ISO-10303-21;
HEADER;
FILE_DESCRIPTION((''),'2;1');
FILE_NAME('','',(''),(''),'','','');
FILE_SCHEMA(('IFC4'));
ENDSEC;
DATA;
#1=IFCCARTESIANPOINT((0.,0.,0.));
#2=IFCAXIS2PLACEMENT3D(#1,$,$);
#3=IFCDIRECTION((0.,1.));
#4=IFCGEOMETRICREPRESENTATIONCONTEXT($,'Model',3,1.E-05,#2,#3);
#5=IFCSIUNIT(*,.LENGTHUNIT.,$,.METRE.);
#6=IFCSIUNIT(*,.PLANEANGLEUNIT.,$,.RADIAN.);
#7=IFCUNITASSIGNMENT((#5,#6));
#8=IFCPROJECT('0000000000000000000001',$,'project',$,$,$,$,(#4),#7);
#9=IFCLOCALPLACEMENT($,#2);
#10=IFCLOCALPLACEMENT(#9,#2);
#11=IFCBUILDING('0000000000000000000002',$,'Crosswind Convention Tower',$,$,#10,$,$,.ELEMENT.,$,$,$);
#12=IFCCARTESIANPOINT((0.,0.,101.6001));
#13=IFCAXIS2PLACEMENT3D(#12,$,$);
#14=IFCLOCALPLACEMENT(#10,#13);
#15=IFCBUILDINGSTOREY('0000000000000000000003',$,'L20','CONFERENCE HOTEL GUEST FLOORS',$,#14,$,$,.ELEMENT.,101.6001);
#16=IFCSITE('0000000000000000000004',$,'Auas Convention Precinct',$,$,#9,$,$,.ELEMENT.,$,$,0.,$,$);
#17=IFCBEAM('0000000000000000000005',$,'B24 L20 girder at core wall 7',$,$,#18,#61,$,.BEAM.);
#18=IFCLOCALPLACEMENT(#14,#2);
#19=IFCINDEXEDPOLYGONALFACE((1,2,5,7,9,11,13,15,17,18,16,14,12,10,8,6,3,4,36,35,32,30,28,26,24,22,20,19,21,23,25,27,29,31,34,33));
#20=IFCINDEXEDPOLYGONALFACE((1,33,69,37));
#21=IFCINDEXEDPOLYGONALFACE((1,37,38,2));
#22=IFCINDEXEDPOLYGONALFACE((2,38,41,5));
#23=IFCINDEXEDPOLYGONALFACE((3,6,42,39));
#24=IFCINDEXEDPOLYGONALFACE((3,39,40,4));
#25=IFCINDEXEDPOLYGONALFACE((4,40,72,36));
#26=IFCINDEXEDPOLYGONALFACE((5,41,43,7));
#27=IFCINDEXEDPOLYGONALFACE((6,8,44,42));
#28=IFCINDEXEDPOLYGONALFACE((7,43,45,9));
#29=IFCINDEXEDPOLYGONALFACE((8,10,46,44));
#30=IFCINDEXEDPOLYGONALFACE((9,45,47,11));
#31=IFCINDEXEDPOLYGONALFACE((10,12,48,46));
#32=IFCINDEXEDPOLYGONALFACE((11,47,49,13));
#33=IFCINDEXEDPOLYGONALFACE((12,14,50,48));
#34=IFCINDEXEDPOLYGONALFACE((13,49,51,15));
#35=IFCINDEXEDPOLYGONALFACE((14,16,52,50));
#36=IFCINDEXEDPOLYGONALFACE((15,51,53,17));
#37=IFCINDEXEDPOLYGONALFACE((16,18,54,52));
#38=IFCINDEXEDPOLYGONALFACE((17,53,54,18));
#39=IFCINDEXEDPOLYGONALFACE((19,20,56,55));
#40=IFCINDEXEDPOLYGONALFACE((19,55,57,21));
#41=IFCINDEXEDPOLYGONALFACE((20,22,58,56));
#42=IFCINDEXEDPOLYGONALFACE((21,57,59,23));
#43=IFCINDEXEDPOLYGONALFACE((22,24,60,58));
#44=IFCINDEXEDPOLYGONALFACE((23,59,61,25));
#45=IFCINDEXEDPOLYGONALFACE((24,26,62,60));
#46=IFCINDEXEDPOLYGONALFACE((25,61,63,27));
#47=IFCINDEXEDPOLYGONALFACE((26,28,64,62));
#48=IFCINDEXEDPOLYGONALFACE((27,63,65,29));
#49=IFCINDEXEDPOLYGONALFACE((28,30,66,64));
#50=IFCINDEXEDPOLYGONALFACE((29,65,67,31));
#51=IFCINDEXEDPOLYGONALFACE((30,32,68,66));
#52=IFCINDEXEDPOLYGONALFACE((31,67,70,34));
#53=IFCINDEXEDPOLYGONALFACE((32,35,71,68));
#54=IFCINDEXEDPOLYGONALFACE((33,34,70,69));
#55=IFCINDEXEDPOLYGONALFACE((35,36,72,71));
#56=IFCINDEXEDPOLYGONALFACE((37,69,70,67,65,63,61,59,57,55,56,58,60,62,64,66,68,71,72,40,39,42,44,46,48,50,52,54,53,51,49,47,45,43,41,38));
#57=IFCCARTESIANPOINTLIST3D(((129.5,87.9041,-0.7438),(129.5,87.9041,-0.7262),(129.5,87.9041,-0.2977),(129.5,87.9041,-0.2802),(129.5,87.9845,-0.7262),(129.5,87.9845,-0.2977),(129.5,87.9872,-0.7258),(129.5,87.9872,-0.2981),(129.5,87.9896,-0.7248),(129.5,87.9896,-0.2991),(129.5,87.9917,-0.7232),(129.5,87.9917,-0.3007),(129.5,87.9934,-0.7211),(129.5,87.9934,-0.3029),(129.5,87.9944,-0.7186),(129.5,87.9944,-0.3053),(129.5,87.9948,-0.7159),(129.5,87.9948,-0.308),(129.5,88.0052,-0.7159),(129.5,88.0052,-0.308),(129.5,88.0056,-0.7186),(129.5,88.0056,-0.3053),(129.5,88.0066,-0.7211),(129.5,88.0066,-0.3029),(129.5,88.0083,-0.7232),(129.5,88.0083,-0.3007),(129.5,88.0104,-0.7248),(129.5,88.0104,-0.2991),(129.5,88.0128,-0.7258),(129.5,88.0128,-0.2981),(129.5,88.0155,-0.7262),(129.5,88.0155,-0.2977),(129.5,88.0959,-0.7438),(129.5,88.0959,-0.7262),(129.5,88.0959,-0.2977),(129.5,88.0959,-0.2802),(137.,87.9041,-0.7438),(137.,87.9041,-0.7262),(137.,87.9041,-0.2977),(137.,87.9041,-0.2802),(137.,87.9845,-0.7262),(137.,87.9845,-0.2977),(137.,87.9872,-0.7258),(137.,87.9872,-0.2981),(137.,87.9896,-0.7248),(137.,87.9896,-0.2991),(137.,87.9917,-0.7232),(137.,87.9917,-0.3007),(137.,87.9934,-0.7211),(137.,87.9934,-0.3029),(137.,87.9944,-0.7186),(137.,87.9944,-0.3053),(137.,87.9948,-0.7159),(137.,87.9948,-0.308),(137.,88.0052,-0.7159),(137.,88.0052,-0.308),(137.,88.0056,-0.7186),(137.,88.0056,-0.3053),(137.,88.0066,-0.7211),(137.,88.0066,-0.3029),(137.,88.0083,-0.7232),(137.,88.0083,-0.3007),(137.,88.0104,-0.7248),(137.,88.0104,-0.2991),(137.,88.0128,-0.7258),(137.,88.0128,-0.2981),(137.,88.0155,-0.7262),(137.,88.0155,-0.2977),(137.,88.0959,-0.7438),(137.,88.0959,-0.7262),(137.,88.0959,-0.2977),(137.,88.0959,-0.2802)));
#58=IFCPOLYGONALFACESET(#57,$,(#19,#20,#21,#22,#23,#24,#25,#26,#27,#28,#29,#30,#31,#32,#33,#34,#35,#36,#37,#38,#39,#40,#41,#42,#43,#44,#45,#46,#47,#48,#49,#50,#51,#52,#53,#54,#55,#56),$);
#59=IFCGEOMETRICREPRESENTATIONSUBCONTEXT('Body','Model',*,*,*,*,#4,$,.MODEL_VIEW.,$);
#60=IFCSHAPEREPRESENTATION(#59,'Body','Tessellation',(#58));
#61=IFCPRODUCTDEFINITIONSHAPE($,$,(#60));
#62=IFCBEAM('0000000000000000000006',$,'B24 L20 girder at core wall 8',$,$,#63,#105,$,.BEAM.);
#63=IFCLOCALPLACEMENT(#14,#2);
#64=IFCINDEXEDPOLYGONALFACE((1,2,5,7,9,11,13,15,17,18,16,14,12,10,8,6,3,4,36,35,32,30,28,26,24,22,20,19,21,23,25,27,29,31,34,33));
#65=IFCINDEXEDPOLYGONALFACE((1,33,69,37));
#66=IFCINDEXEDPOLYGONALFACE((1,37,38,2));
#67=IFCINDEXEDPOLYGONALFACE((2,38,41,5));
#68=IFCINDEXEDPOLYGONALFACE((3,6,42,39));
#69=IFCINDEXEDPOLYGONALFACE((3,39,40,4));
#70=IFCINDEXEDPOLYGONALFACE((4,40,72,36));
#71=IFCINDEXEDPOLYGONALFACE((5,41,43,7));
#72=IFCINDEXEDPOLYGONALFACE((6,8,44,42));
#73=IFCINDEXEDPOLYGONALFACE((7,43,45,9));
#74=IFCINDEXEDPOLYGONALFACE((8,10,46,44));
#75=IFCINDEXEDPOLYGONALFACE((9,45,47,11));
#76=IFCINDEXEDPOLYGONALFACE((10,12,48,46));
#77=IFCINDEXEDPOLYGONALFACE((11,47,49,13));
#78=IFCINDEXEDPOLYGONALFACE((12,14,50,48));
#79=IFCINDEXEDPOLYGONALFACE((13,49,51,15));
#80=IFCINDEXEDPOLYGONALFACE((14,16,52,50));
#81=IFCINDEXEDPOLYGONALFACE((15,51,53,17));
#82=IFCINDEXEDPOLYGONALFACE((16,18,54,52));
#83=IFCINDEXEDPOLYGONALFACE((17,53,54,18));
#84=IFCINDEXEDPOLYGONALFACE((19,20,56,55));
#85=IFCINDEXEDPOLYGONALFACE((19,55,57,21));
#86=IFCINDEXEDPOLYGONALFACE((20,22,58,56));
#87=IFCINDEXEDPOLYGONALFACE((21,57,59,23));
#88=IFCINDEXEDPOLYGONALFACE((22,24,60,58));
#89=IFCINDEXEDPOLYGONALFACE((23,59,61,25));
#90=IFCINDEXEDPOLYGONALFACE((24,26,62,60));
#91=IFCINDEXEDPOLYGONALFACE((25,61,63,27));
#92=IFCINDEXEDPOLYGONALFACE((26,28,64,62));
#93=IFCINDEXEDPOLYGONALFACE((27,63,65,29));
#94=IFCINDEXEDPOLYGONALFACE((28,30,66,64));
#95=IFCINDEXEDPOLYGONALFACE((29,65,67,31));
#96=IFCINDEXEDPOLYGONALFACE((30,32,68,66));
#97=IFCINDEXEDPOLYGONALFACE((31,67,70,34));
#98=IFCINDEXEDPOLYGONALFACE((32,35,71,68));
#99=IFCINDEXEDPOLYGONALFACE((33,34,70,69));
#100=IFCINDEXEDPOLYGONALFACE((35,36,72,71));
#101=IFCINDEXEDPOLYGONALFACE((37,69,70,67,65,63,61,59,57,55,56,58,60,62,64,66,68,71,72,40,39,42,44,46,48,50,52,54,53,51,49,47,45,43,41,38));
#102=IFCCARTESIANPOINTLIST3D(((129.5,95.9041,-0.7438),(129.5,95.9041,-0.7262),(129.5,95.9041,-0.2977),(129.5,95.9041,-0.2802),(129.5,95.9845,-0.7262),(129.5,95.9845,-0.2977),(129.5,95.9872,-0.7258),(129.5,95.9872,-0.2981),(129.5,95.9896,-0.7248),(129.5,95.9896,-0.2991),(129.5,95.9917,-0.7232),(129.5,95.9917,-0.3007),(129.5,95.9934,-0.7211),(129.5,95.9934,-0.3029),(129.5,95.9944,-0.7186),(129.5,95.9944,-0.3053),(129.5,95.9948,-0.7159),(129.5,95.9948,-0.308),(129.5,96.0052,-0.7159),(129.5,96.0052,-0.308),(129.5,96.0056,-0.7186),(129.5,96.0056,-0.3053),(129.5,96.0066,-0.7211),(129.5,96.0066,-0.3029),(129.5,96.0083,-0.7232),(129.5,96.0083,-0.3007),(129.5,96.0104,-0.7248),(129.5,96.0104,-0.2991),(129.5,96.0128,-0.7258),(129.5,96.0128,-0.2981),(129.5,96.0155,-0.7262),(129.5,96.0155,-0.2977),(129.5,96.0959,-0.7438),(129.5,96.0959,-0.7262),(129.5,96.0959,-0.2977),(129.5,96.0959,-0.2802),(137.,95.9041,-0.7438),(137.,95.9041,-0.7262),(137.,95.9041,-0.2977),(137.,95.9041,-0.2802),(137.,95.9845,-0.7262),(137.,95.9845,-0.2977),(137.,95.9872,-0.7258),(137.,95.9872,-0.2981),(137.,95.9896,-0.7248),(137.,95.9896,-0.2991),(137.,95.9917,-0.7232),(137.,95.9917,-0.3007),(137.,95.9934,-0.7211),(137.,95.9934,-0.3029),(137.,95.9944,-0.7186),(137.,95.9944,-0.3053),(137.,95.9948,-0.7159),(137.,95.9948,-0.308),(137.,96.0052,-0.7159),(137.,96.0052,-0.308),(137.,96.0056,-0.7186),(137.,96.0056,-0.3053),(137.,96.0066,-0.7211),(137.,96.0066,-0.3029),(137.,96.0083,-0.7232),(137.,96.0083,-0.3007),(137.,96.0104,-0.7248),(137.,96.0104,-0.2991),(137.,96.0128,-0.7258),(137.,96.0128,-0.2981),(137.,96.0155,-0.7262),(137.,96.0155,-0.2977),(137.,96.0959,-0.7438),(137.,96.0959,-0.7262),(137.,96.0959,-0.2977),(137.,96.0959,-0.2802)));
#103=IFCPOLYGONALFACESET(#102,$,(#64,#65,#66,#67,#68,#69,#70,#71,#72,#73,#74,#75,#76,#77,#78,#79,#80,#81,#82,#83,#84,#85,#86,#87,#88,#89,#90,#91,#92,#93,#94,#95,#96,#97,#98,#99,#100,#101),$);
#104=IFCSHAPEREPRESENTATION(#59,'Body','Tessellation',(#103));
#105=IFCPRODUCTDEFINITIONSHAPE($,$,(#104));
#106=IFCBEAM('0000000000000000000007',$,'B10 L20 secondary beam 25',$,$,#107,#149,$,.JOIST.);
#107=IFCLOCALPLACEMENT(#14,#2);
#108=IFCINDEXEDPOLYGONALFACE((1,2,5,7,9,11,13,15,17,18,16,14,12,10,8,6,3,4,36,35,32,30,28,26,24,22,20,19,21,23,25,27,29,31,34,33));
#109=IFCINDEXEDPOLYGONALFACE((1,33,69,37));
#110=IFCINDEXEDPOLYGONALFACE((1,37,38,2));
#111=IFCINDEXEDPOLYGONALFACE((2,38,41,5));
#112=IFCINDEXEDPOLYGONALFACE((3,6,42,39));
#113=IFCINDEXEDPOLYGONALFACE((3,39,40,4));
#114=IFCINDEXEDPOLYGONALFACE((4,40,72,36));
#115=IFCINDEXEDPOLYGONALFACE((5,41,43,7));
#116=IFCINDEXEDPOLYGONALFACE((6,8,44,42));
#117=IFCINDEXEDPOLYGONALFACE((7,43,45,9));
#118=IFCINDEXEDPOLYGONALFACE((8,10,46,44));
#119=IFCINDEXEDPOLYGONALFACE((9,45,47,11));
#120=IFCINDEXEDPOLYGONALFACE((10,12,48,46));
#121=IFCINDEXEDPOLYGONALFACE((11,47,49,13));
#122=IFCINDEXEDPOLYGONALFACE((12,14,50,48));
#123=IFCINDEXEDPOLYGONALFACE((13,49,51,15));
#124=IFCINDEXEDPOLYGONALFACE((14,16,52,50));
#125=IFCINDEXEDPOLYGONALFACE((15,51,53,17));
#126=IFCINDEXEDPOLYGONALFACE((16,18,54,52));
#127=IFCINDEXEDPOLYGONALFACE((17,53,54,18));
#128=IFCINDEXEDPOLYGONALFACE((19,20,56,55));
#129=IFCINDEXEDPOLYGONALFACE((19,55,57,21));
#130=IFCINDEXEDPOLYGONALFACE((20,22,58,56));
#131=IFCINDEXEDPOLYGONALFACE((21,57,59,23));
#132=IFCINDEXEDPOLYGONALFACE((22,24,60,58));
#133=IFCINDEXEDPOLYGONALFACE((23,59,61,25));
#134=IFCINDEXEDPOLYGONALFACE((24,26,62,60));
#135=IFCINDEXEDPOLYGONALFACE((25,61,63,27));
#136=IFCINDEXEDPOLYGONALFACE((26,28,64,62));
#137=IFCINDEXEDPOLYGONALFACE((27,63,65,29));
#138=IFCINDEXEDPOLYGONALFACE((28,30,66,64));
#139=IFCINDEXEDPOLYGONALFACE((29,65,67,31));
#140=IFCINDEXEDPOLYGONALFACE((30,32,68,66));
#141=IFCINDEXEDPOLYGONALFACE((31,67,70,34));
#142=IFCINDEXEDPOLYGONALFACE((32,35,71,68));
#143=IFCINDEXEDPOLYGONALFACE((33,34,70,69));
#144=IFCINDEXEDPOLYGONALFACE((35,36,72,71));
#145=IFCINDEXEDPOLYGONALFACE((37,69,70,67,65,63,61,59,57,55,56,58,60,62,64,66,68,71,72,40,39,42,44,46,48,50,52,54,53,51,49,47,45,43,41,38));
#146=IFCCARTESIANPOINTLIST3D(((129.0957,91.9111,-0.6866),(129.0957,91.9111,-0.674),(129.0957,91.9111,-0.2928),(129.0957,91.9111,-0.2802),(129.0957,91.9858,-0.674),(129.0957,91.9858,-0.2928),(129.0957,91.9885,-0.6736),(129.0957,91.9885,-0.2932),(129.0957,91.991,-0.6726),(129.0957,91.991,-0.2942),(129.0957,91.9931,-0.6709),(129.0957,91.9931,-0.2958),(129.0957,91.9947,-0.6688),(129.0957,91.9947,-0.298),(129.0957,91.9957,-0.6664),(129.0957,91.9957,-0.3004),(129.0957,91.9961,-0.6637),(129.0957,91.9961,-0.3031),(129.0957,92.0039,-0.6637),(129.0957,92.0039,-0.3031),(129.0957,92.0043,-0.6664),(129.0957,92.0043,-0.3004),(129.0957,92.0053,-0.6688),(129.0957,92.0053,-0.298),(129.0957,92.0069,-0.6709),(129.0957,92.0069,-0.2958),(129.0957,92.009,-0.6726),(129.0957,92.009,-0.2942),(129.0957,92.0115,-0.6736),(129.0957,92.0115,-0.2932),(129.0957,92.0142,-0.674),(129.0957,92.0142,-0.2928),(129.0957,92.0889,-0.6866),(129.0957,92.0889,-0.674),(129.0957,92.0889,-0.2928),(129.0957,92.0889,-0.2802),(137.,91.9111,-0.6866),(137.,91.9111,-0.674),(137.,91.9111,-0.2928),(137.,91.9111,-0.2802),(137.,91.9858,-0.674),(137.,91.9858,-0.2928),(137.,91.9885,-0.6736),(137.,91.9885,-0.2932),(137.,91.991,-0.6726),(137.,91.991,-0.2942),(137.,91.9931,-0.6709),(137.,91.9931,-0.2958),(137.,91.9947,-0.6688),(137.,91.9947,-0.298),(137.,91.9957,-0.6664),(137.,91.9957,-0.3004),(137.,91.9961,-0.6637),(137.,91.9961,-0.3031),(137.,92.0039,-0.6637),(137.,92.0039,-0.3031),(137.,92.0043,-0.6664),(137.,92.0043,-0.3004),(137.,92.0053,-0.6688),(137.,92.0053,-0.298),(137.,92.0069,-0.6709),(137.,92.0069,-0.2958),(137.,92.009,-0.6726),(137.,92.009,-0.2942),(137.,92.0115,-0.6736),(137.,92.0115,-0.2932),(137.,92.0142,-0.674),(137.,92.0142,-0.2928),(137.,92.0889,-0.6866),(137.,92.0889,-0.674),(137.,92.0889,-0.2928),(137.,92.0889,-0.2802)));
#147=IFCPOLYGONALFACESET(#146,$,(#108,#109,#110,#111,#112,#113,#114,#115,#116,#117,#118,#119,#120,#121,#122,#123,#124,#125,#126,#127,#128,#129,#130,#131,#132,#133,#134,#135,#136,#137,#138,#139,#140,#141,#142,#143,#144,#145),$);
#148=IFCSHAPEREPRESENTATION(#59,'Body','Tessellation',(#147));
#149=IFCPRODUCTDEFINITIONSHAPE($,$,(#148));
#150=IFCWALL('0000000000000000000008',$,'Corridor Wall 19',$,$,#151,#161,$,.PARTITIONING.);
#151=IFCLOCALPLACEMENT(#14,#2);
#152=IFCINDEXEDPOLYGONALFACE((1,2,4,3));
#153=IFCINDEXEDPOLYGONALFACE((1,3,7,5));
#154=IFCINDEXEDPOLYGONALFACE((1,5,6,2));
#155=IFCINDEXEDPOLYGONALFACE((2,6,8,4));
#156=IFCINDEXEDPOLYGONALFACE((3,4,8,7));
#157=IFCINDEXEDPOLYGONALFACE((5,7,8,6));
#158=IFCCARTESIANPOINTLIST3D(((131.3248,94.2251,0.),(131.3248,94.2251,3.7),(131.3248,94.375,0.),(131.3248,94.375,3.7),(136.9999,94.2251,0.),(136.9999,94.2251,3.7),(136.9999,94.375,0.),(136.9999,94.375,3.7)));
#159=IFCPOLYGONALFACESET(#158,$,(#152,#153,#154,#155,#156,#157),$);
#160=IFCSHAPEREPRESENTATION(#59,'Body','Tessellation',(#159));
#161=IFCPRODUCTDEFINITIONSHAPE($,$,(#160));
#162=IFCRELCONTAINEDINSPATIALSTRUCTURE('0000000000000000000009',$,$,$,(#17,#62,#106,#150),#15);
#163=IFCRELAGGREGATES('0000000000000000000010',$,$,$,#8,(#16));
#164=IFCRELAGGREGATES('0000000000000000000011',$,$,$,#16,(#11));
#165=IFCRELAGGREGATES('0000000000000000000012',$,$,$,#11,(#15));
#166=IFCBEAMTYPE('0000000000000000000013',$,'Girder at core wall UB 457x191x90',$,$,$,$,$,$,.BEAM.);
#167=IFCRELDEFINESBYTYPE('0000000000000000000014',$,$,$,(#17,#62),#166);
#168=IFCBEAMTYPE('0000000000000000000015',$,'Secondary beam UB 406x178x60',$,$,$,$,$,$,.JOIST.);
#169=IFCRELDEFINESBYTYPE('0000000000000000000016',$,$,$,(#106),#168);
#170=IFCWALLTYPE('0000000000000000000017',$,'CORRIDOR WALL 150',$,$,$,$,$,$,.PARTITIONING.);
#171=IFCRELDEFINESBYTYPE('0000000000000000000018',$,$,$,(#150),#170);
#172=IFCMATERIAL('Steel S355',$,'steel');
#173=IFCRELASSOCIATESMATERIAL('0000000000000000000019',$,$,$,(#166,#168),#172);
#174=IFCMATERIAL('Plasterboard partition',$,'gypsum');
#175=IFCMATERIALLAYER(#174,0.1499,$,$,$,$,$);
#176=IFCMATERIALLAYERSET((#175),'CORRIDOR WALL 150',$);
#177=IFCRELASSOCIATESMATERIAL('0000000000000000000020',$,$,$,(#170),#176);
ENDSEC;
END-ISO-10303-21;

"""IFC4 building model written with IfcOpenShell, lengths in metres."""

from ifc_helpers import new_model, si_unit, direction, frame, frame_2d, origin, origin_2d, place, context, subcontext, project, spatial, rectangle, i_section, extrude, material, layer, layer_set, material_profile, profile_set, type_object, element, save


model = new_model("IFC4")

# Units and contexts
model_context = context("Model", 3, precision=1e-05, world=origin(), true_north=direction((0.0, 1.0)))
body_context = subcontext(model_context, "Body", "Model", "MODEL_VIEW")
ifc_project = project(units=[si_unit("LENGTHUNIT", "METRE"), si_unit("PLANEANGLEUNIT", "RADIAN")], contexts=[model_context])

# Site, building, storey
site_placement = place(None, origin())
site = spatial("IfcSite", under=ifc_project, at=site_placement, Name="Auas Convention Precinct", CompositionType="ELEMENT", RefElevation=0.0)
building_placement = place(site_placement, origin())
building = spatial("IfcBuilding", under=site, at=building_placement, Name="Crosswind Convention Tower", CompositionType="ELEMENT")
storey_placement = place(building_placement, frame((0.0, 0.0, 101.6001)))
storey = spatial("IfcBuildingStorey", under=building, at=storey_placement, Name="L20", Description="CONFERENCE HOTEL GUEST FLOORS", CompositionType="ELEMENT", Elevation=101.6001)

# Beams
ifc_material_1 = material(Name="Steel S355", Category="steel")
ifc_material_profile_1 = material_profile(ifc_material_1, i_section(OverallWidth=0.1919, OverallDepth=0.4636, WebThickness=0.0105, FlangeThickness=0.0176, FilletRadius=0.0103, at=origin_2d()), Name="UB 457x191x90")
ifc_profile_set_1 = profile_set([ifc_material_profile_1], Name="Steel S355")
beam_type_1 = type_object("IfcBeamType", Name="Girder at core wall UB 457x191x90", PredefinedType="BEAM", material=ifc_profile_set_1)
for number, where, z_axis, x_axis, name in (
    (1, (129.5, 88.0, -0.512), (1.0, 0.0, 0.0), (0.0, 1.0, 0.0), "B24 L20 girder at core wall 7"),
    (2, (129.5, 96.0, -0.512), (1.0, 0.0, 0.0), (0.0, 1.0, 0.0), "B24 L20 girder at core wall 8"),
):
    element("IfcBeam", number, at=place(storey_placement, frame(where, z_axis=z_axis, x_axis=x_axis)), inside=storey, type_object=beam_type_1, Name=name, PredefinedType="BEAM", context=body_context, shape_type="SweptSolid", body=[
        extrude(i_section(OverallWidth=0.1919, OverallDepth=0.4636, WebThickness=0.0105, FlangeThickness=0.0176, FilletRadius=0.0103, at=origin_2d()), origin(), (0.0, 0.0, 1.0), 7.5),
    ])
ifc_material_profile_2 = material_profile(ifc_material_1, i_section(OverallWidth=0.1777, OverallDepth=0.4065, WebThickness=0.0078, FlangeThickness=0.0127, FilletRadius=0.0103, at=origin_2d()), Name="UB 406x178x60")
ifc_profile_set_2 = profile_set([ifc_material_profile_2], Name="Steel S355")
beam_type_2 = type_object("IfcBeamType", Name="Secondary beam UB 406x178x60", PredefinedType="JOIST", material=ifc_profile_set_2)
beam_placement = place(storey_placement, frame((129.0957, 92.0, -0.4834), z_axis=(1.0, 0.0, 0.0), x_axis=(0.0, 1.0, 0.0)))
element("IfcBeam", 3, at=beam_placement, inside=storey, type_object=beam_type_2, Name="B10 L20 secondary beam 25", PredefinedType="JOIST", context=body_context, shape_type="SweptSolid", body=[
    extrude(i_section(OverallWidth=0.1777, OverallDepth=0.4065, WebThickness=0.0078, FlangeThickness=0.0127, FilletRadius=0.0103, at=origin_2d()), origin(), (0.0, 0.0, 1.0), 7.9043),
])

# Wall
ifc_material_2 = material(Name="Plasterboard partition", Category="gypsum")
ifc_layer_1 = layer(ifc_material_2, 0.1499)
ifc_layer_set_1 = layer_set([ifc_layer_1], Name="CORRIDOR WALL 150")
wall_type_1 = type_object("IfcWallType", Name="CORRIDOR WALL 150", PredefinedType="PARTITIONING", material=ifc_layer_set_1)
wall_1_placement = place(storey_placement, frame((131.325, 94.3, 0.0), z_axis=(0.0, 0.0, 1.0), x_axis=(1.0, 0.0, 0.0)))
element("IfcWall", 4, at=wall_1_placement, inside=storey, type_object=wall_type_1, Name="Corridor Wall 19", PredefinedType="PARTITIONING", context=body_context, shape_type="SweptSolid", body=[
    extrude(rectangle(XDim=5.675, YDim=0.1499, at=frame_2d((2.8374, 0.0))), origin(), (0.0, 0.0, 1.0), 3.7),
])

save(model, "model.ifc")
